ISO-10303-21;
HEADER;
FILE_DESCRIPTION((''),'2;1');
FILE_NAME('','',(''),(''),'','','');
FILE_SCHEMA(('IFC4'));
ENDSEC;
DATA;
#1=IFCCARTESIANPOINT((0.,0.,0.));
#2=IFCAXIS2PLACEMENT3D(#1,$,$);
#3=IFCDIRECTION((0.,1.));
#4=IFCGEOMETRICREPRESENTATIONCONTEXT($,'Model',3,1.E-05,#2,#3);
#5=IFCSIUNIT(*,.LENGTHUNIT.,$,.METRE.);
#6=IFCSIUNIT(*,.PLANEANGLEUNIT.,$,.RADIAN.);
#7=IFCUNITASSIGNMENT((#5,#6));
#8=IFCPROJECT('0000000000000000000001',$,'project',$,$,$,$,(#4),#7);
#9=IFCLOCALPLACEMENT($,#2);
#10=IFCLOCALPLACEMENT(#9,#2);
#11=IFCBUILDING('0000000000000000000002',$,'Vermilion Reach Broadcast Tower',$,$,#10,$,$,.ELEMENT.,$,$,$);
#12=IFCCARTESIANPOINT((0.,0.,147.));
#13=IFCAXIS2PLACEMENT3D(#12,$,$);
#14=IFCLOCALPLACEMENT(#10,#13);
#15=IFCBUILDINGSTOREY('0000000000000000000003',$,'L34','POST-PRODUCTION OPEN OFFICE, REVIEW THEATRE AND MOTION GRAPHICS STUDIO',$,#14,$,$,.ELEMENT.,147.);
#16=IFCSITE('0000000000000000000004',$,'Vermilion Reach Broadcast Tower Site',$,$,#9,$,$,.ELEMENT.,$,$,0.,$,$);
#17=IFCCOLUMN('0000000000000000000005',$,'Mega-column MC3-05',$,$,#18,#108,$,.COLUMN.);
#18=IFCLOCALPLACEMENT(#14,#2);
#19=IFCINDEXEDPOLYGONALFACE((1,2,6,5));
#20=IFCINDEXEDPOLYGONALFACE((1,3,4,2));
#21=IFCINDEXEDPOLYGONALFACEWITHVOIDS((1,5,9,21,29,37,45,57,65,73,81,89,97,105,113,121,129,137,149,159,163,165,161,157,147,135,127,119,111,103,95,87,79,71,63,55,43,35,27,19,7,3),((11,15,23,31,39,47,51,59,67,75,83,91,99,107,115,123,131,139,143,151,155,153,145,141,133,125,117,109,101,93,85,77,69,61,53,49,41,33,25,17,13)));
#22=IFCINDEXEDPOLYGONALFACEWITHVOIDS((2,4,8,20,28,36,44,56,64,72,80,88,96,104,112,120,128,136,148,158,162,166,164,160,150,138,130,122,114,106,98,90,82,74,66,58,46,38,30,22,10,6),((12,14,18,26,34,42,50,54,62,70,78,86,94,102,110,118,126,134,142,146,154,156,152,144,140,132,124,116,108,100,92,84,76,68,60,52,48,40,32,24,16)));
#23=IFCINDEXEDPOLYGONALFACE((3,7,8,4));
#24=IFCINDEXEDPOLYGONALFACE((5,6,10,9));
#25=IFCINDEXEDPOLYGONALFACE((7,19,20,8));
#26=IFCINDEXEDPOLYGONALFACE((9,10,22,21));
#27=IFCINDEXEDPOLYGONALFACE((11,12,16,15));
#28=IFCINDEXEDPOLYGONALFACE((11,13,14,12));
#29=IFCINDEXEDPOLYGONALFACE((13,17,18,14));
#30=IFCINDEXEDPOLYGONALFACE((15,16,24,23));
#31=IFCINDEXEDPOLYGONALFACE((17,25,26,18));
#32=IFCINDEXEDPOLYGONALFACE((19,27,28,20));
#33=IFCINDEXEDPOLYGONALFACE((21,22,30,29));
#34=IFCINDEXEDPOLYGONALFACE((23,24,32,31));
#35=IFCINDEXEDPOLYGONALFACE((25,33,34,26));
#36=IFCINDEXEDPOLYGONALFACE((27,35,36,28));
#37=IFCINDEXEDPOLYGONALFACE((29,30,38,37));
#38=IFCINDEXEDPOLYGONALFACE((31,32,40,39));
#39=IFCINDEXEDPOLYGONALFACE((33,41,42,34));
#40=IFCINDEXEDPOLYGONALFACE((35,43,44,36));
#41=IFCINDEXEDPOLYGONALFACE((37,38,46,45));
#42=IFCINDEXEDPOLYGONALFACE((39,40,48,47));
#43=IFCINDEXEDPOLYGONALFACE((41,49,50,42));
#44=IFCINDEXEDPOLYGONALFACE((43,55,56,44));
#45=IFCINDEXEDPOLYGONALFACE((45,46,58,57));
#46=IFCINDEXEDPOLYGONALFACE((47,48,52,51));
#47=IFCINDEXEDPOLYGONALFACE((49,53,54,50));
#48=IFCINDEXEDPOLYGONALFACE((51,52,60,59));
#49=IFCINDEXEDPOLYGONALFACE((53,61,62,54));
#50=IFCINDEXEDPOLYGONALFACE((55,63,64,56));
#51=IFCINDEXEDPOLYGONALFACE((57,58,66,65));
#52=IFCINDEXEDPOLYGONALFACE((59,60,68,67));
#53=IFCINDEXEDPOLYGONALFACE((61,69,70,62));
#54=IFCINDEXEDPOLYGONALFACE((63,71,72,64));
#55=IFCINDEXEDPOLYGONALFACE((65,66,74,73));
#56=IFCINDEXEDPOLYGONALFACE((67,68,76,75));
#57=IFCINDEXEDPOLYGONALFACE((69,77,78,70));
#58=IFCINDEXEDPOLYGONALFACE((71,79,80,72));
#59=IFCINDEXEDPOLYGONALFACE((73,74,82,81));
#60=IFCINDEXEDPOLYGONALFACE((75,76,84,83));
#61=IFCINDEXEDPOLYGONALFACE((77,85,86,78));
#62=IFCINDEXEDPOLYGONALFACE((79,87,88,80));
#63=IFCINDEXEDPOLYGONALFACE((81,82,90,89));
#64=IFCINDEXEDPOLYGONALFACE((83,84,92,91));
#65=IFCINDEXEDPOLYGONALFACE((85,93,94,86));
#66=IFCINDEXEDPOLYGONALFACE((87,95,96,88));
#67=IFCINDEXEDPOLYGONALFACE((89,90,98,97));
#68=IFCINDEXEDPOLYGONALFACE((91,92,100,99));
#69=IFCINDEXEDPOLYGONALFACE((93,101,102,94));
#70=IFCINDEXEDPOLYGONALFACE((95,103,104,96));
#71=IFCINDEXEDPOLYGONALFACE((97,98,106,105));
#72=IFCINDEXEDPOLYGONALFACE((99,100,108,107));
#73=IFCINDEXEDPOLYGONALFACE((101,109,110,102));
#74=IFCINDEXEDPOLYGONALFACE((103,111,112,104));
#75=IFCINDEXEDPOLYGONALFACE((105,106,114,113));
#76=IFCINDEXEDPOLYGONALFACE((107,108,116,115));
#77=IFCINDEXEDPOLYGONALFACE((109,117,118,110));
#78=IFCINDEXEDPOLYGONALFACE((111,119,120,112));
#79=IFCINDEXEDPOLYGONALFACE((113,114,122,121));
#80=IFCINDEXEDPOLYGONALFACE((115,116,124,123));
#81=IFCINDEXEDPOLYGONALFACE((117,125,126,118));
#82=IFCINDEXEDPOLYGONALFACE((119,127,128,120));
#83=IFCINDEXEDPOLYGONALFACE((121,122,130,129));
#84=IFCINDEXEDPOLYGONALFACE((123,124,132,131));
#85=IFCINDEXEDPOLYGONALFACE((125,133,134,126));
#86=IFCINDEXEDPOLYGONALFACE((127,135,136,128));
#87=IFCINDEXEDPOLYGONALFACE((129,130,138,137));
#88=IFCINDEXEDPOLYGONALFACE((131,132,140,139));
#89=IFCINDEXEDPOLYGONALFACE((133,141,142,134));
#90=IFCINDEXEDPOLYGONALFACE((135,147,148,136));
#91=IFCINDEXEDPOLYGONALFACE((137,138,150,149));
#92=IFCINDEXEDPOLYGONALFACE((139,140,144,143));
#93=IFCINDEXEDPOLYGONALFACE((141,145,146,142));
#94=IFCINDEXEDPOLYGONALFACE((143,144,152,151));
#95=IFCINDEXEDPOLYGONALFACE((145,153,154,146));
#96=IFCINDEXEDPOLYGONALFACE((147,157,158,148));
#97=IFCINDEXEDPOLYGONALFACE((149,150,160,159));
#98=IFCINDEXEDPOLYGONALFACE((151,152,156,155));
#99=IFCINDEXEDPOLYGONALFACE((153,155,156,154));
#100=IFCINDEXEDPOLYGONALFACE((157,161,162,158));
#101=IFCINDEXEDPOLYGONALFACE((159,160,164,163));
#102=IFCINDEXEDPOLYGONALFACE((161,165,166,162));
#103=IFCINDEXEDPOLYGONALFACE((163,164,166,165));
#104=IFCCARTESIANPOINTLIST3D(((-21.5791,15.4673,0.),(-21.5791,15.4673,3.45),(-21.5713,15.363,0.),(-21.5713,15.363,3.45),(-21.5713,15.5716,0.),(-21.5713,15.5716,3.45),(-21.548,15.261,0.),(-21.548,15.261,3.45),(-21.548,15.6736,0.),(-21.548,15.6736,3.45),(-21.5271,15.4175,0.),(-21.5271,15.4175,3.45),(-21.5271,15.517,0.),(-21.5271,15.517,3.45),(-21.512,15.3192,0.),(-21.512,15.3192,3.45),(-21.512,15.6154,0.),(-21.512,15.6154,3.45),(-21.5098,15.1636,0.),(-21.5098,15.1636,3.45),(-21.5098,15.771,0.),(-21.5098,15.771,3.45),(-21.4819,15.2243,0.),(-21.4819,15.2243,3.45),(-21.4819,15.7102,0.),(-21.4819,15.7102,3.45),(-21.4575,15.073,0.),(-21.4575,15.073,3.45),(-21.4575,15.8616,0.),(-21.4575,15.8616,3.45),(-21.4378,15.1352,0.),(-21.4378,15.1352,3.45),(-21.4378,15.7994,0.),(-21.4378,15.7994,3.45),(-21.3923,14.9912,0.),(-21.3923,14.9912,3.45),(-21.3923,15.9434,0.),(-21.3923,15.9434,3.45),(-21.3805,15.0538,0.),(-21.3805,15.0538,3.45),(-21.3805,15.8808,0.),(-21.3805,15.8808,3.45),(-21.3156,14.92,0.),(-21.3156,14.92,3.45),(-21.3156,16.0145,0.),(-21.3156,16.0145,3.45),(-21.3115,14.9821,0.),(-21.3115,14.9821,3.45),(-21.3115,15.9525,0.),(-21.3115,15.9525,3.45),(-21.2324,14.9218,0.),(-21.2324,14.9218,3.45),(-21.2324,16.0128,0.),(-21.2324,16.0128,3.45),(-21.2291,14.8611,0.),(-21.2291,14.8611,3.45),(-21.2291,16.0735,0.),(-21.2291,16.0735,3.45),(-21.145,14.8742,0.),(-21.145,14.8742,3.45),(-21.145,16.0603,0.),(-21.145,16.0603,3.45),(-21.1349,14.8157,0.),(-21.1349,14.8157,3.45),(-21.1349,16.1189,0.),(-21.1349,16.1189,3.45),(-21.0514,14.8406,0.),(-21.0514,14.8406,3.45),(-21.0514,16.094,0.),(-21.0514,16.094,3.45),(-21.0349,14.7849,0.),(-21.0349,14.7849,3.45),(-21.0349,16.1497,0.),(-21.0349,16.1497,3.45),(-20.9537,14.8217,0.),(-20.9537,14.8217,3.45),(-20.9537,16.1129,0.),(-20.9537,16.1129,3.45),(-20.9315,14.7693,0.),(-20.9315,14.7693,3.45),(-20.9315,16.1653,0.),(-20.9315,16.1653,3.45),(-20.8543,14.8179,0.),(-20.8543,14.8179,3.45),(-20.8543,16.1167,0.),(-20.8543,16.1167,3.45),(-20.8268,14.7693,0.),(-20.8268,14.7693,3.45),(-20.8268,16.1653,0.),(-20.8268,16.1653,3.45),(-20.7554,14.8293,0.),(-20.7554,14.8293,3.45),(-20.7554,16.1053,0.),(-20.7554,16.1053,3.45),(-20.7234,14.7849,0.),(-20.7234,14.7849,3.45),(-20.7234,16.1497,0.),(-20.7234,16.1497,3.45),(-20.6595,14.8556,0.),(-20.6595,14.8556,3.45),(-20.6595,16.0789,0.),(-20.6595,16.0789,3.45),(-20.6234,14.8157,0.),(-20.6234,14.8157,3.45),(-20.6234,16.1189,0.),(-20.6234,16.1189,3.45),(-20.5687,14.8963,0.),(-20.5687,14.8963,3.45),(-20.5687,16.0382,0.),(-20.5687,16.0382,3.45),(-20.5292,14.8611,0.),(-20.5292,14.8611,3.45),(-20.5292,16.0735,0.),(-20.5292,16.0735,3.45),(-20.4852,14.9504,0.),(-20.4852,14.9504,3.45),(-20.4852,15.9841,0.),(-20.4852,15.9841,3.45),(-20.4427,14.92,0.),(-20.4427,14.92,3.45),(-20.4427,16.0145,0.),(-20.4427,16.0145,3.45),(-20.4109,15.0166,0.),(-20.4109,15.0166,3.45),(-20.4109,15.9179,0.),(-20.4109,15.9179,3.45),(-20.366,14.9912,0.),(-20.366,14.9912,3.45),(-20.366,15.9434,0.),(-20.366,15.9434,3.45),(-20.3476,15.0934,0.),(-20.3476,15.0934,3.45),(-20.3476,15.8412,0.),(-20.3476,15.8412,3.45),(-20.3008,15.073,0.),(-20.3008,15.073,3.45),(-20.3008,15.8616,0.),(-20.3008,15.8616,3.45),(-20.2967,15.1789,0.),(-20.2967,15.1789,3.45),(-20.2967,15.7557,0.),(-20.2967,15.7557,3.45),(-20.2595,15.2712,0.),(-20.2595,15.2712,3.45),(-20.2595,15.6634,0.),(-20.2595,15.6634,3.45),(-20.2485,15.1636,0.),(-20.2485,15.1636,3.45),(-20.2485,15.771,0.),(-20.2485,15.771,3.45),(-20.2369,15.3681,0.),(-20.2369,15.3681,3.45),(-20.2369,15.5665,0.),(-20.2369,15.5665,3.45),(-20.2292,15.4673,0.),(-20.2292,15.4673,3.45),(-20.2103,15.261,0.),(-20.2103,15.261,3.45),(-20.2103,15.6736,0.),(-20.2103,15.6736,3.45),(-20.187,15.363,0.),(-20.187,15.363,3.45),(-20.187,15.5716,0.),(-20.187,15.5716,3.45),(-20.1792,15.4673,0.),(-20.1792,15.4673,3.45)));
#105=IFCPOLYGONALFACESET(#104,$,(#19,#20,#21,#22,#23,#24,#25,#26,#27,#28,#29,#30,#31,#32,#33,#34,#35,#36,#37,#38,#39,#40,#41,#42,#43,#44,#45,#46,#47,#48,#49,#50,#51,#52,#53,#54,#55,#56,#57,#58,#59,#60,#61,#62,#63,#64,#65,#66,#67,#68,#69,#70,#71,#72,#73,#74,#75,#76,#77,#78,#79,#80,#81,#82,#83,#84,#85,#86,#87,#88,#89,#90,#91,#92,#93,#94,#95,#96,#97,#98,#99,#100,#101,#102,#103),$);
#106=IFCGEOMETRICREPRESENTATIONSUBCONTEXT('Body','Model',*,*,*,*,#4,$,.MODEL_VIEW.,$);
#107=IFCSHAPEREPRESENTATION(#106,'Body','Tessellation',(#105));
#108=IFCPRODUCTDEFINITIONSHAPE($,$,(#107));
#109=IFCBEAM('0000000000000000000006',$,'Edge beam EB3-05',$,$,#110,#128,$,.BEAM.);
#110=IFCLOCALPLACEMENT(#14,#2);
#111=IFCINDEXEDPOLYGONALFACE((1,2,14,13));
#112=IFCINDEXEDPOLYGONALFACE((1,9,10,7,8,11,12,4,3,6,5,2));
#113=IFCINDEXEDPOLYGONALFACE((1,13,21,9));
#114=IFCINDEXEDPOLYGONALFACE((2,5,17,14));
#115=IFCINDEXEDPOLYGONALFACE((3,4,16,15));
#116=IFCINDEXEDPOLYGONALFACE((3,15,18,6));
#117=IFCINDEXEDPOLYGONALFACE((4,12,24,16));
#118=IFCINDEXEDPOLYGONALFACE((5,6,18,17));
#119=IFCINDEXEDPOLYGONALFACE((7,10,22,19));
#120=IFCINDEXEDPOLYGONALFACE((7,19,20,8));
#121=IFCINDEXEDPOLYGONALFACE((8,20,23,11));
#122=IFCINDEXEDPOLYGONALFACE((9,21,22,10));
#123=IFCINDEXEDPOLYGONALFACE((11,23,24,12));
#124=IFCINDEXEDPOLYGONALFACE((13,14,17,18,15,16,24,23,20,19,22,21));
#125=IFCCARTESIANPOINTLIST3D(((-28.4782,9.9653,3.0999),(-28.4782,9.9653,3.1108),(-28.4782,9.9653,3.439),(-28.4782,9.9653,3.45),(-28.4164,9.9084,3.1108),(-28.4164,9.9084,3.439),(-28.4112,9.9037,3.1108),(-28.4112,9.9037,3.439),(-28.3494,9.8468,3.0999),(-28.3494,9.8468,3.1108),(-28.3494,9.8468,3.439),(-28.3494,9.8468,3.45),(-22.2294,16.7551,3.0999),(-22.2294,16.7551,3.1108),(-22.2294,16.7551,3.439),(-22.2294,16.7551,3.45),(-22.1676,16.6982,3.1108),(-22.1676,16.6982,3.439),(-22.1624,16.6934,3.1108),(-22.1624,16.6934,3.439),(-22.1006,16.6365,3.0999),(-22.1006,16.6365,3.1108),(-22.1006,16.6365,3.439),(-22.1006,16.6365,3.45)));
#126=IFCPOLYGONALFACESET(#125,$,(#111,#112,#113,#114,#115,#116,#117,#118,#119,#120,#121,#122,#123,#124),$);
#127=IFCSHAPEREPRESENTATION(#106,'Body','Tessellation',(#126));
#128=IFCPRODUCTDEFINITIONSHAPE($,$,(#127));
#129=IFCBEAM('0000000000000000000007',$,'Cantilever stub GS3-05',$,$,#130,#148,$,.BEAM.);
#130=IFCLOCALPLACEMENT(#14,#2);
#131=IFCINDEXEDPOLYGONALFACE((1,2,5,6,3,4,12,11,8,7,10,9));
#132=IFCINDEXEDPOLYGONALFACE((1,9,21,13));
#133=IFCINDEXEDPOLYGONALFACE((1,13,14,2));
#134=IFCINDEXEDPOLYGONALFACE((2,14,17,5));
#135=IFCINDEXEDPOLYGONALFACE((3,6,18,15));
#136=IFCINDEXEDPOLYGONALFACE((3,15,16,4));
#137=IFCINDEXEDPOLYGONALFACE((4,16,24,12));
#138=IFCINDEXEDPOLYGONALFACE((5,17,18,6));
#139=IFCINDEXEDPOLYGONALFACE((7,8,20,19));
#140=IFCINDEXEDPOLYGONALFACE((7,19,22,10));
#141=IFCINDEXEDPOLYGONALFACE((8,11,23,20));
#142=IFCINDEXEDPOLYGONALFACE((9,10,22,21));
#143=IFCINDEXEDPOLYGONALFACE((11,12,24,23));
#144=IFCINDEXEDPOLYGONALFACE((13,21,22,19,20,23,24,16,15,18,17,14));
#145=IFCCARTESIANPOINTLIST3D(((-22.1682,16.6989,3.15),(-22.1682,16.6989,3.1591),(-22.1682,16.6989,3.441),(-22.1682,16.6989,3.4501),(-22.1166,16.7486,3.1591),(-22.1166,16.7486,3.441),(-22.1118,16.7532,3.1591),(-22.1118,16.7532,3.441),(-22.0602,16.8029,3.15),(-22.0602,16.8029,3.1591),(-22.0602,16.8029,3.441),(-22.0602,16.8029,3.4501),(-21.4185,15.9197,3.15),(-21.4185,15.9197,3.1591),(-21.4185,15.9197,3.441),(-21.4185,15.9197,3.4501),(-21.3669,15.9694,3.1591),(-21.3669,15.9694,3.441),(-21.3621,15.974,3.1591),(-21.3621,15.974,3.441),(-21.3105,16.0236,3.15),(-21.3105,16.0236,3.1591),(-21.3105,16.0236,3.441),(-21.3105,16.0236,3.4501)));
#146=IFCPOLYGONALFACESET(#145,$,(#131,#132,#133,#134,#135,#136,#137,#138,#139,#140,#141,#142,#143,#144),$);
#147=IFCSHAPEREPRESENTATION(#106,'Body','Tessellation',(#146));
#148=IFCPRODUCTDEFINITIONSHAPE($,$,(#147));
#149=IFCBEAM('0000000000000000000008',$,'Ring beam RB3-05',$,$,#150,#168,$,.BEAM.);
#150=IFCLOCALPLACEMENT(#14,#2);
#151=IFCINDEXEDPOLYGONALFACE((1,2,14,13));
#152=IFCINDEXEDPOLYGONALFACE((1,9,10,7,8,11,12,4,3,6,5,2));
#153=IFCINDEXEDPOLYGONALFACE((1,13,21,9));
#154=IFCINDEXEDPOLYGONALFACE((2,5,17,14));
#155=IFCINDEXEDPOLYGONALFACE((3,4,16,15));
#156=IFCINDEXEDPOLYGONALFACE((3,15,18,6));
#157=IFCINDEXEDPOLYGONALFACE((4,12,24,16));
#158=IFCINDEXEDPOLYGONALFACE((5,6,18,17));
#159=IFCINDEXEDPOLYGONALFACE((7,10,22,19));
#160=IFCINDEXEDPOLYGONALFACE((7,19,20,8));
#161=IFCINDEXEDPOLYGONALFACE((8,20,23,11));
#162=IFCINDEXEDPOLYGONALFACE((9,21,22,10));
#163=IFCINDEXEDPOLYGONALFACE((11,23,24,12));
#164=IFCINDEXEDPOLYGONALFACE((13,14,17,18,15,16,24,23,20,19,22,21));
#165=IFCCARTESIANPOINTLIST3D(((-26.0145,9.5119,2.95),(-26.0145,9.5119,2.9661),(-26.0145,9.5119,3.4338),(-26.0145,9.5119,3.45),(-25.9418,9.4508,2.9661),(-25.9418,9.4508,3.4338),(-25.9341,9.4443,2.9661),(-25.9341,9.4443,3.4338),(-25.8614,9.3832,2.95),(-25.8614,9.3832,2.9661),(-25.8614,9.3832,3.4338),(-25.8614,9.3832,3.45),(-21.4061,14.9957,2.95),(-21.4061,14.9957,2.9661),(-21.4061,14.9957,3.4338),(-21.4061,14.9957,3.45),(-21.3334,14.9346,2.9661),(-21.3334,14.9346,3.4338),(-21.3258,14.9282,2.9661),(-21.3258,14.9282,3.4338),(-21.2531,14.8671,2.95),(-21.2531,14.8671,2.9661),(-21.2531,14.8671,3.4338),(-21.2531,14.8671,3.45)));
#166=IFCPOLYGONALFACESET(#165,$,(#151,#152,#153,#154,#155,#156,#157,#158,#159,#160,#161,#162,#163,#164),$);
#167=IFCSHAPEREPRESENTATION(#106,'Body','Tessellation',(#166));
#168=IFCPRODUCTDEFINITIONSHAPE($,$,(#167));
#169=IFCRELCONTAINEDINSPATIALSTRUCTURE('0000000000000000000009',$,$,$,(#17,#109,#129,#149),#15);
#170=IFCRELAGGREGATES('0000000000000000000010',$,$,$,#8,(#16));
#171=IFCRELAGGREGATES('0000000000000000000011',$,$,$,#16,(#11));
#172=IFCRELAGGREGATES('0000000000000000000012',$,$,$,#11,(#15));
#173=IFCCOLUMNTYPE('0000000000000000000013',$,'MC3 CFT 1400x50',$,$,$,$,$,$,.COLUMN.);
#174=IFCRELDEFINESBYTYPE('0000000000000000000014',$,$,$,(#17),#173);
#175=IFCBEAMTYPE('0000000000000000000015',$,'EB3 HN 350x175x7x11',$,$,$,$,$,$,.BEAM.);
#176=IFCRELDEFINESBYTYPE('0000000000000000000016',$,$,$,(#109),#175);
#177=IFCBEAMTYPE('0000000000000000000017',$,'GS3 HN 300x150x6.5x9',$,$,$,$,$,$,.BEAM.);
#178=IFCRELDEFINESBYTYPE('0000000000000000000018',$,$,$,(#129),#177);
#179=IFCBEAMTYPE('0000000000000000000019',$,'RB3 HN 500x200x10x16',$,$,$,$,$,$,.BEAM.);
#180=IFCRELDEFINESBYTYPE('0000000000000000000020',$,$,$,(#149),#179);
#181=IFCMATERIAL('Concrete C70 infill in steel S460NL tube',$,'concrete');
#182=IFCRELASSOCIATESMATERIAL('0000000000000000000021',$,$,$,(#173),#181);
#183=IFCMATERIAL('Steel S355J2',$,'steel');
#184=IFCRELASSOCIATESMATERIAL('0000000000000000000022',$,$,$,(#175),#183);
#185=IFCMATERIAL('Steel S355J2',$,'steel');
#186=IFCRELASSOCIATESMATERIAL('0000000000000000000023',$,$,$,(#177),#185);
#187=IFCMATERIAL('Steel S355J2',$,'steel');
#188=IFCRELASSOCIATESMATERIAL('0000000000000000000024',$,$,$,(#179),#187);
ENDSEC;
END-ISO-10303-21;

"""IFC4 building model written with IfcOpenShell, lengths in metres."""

from ifc_helpers import new_model, si_unit, direction, frame, origin, origin_2d, place, context, subcontext, project, spatial, hollow_circle, i_section, extrude, material, material_profile, profile_set, type_object, element, save


model = new_model("IFC4")

# Units and contexts
model_context = context("Model", 3, precision=1e-05, world=origin(), true_north=direction((0.0, 1.0)))
body_context = subcontext(model_context, "Body", "Model", "MODEL_VIEW")
ifc_project = project(units=[si_unit("LENGTHUNIT", "METRE"), si_unit("PLANEANGLEUNIT", "RADIAN")], contexts=[model_context])

# Site, building, storey
site_placement = place(None, origin())
site = spatial("IfcSite", under=ifc_project, at=site_placement, Name="Vermilion Reach Broadcast Tower Site", CompositionType="ELEMENT", RefElevation=0.0)
building_placement = place(site_placement, origin())
building = spatial("IfcBuilding", under=site, at=building_placement, Name="Vermilion Reach Broadcast Tower", CompositionType="ELEMENT")
storey_placement = place(building_placement, frame((0.0, 0.0, 147.0)))
storey = spatial("IfcBuildingStorey", under=building, at=storey_placement, Name="L34", Description="POST-PRODUCTION OPEN OFFICE, REVIEW THEATRE AND MOTION GRAPHICS STUDIO", CompositionType="ELEMENT", Elevation=147.0)

# Column
ifc_material_1 = material(Name="Concrete C70 infill in steel S460NL tube", Category="concrete")
ifc_material_profile_1 = material_profile(ifc_material_1, hollow_circle(Radius=0.7, WallThickness=0.05, at=origin_2d()), Name="Concrete C70 infill in steel S460NL tube CFT 1400x50")
ifc_profile_set_1 = profile_set([ifc_material_profile_1], Name="Concrete C70 infill in steel S460NL tube")
column_type = type_object("IfcColumnType", Name="MC3 CFT 1400x50", PredefinedType="COLUMN", material=ifc_profile_set_1)
column_placement = place(storey_placement, frame((-20.8792, 15.4673, 0.0), z_axis=(0.0, 0.0, 1.0), x_axis=(1.0, 0.0, 0.0)))
element("IfcColumn", 1, at=column_placement, inside=storey, type_object=column_type, Name="Mega-column MC3-05", PredefinedType="COLUMN", context=body_context, shape_type="SweptSolid", body=[
    extrude(hollow_circle(Radius=0.7, WallThickness=0.05, at=origin_2d()), origin(), (0.0, 0.0, 1.0), 3.45),
])

# Beams
ifc_material_2 = material(Name="Steel S355J2", Category="steel")
ifc_material_profile_2 = material_profile(ifc_material_2, i_section(OverallWidth=0.175, OverallDepth=0.3501, WebThickness=0.0071, FlangeThickness=0.011, at=origin_2d()), Name="S355J2 HN 350x175x7x11")
ifc_profile_set_2 = profile_set([ifc_material_profile_2], Name="Steel S355J2")
beam_type_1 = type_object("IfcBeamType", Name="EB3 HN 350x175x7x11", PredefinedType="BEAM", material=ifc_profile_set_2)
beam_1_placement = place(storey_placement, frame((-22.165, 16.6958, 3.2749), z_axis=(-0.677184, -0.735814, 0.0), x_axis=(0.735814, -0.677184, 0.0)))
element("IfcBeam", 2, at=beam_1_placement, inside=storey, type_object=beam_type_1, Name="Edge beam EB3-05", PredefinedType="BEAM", context=body_context, shape_type="SweptSolid", body=[
    extrude(i_section(OverallWidth=0.175, OverallDepth=0.3501, WebThickness=0.0071, FlangeThickness=0.011, at=origin_2d()), origin(), (0.0, 0.0, 1.0), 9.2275),
])
ifc_material_3 = material(Name="Steel S355J2", Category="steel")
ifc_material_profile_3 = material_profile(ifc_material_3, i_section(OverallWidth=0.1499, OverallDepth=0.3, WebThickness=0.0066, FlangeThickness=0.009, at=origin_2d()), Name="S355J2 HN 300x150x6.5x9")
ifc_profile_set_3 = profile_set([ifc_material_profile_3], Name="Steel S355J2")
beam_type_2 = type_object("IfcBeamType", Name="GS3 HN 300x150x6.5x9", PredefinedType="BEAM", material=ifc_profile_set_3)
beam_2_placement = place(storey_placement, frame((-21.3645, 15.9717, 3.3), z_axis=(-0.693316, 0.720633, 0.0), x_axis=(-0.720633, -0.693316, 0.0)))
element("IfcBeam", 3, at=beam_2_placement, inside=storey, type_object=beam_type_2, Name="Cantilever stub GS3-05", PredefinedType="BEAM", context=body_context, shape_type="SweptSolid", body=[
    extrude(i_section(OverallWidth=0.1499, OverallDepth=0.3, WebThickness=0.0066, FlangeThickness=0.009, at=origin_2d()), origin(), (0.0, 0.0, 1.0), 1.0813),
])
ifc_material_4 = material(Name="Steel S355J2", Category="steel")
ifc_material_profile_4 = material_profile(ifc_material_4, i_section(OverallWidth=0.2, OverallDepth=0.5, WebThickness=0.01, FlangeThickness=0.0161, at=origin_2d()), Name="S355J2 HN 500x200x10x16")
ifc_profile_set_4 = profile_set([ifc_material_profile_4], Name="Steel S355J2")
beam_type_3 = type_object("IfcBeamType", Name="RB3 HN 500x200x10x16", PredefinedType="BEAM", material=ifc_profile_set_4)
beam_3_placement = place(storey_placement, frame((-21.3296, 14.9314, 3.2), z_axis=(-0.64335, -0.765572, 0.0), x_axis=(0.765572, -0.64335, 0.0)))
element("IfcBeam", 4, at=beam_3_placement, inside=storey, type_object=beam_type_3, Name="Ring beam RB3-05", PredefinedType="BEAM", context=body_context, shape_type="SweptSolid", body=[
    extrude(i_section(OverallWidth=0.2, OverallDepth=0.5, WebThickness=0.01, FlangeThickness=0.0161, at=origin_2d()), origin(), (0.0, 0.0, 1.0), 7.1631),
])

save(model, "model.ifc")
